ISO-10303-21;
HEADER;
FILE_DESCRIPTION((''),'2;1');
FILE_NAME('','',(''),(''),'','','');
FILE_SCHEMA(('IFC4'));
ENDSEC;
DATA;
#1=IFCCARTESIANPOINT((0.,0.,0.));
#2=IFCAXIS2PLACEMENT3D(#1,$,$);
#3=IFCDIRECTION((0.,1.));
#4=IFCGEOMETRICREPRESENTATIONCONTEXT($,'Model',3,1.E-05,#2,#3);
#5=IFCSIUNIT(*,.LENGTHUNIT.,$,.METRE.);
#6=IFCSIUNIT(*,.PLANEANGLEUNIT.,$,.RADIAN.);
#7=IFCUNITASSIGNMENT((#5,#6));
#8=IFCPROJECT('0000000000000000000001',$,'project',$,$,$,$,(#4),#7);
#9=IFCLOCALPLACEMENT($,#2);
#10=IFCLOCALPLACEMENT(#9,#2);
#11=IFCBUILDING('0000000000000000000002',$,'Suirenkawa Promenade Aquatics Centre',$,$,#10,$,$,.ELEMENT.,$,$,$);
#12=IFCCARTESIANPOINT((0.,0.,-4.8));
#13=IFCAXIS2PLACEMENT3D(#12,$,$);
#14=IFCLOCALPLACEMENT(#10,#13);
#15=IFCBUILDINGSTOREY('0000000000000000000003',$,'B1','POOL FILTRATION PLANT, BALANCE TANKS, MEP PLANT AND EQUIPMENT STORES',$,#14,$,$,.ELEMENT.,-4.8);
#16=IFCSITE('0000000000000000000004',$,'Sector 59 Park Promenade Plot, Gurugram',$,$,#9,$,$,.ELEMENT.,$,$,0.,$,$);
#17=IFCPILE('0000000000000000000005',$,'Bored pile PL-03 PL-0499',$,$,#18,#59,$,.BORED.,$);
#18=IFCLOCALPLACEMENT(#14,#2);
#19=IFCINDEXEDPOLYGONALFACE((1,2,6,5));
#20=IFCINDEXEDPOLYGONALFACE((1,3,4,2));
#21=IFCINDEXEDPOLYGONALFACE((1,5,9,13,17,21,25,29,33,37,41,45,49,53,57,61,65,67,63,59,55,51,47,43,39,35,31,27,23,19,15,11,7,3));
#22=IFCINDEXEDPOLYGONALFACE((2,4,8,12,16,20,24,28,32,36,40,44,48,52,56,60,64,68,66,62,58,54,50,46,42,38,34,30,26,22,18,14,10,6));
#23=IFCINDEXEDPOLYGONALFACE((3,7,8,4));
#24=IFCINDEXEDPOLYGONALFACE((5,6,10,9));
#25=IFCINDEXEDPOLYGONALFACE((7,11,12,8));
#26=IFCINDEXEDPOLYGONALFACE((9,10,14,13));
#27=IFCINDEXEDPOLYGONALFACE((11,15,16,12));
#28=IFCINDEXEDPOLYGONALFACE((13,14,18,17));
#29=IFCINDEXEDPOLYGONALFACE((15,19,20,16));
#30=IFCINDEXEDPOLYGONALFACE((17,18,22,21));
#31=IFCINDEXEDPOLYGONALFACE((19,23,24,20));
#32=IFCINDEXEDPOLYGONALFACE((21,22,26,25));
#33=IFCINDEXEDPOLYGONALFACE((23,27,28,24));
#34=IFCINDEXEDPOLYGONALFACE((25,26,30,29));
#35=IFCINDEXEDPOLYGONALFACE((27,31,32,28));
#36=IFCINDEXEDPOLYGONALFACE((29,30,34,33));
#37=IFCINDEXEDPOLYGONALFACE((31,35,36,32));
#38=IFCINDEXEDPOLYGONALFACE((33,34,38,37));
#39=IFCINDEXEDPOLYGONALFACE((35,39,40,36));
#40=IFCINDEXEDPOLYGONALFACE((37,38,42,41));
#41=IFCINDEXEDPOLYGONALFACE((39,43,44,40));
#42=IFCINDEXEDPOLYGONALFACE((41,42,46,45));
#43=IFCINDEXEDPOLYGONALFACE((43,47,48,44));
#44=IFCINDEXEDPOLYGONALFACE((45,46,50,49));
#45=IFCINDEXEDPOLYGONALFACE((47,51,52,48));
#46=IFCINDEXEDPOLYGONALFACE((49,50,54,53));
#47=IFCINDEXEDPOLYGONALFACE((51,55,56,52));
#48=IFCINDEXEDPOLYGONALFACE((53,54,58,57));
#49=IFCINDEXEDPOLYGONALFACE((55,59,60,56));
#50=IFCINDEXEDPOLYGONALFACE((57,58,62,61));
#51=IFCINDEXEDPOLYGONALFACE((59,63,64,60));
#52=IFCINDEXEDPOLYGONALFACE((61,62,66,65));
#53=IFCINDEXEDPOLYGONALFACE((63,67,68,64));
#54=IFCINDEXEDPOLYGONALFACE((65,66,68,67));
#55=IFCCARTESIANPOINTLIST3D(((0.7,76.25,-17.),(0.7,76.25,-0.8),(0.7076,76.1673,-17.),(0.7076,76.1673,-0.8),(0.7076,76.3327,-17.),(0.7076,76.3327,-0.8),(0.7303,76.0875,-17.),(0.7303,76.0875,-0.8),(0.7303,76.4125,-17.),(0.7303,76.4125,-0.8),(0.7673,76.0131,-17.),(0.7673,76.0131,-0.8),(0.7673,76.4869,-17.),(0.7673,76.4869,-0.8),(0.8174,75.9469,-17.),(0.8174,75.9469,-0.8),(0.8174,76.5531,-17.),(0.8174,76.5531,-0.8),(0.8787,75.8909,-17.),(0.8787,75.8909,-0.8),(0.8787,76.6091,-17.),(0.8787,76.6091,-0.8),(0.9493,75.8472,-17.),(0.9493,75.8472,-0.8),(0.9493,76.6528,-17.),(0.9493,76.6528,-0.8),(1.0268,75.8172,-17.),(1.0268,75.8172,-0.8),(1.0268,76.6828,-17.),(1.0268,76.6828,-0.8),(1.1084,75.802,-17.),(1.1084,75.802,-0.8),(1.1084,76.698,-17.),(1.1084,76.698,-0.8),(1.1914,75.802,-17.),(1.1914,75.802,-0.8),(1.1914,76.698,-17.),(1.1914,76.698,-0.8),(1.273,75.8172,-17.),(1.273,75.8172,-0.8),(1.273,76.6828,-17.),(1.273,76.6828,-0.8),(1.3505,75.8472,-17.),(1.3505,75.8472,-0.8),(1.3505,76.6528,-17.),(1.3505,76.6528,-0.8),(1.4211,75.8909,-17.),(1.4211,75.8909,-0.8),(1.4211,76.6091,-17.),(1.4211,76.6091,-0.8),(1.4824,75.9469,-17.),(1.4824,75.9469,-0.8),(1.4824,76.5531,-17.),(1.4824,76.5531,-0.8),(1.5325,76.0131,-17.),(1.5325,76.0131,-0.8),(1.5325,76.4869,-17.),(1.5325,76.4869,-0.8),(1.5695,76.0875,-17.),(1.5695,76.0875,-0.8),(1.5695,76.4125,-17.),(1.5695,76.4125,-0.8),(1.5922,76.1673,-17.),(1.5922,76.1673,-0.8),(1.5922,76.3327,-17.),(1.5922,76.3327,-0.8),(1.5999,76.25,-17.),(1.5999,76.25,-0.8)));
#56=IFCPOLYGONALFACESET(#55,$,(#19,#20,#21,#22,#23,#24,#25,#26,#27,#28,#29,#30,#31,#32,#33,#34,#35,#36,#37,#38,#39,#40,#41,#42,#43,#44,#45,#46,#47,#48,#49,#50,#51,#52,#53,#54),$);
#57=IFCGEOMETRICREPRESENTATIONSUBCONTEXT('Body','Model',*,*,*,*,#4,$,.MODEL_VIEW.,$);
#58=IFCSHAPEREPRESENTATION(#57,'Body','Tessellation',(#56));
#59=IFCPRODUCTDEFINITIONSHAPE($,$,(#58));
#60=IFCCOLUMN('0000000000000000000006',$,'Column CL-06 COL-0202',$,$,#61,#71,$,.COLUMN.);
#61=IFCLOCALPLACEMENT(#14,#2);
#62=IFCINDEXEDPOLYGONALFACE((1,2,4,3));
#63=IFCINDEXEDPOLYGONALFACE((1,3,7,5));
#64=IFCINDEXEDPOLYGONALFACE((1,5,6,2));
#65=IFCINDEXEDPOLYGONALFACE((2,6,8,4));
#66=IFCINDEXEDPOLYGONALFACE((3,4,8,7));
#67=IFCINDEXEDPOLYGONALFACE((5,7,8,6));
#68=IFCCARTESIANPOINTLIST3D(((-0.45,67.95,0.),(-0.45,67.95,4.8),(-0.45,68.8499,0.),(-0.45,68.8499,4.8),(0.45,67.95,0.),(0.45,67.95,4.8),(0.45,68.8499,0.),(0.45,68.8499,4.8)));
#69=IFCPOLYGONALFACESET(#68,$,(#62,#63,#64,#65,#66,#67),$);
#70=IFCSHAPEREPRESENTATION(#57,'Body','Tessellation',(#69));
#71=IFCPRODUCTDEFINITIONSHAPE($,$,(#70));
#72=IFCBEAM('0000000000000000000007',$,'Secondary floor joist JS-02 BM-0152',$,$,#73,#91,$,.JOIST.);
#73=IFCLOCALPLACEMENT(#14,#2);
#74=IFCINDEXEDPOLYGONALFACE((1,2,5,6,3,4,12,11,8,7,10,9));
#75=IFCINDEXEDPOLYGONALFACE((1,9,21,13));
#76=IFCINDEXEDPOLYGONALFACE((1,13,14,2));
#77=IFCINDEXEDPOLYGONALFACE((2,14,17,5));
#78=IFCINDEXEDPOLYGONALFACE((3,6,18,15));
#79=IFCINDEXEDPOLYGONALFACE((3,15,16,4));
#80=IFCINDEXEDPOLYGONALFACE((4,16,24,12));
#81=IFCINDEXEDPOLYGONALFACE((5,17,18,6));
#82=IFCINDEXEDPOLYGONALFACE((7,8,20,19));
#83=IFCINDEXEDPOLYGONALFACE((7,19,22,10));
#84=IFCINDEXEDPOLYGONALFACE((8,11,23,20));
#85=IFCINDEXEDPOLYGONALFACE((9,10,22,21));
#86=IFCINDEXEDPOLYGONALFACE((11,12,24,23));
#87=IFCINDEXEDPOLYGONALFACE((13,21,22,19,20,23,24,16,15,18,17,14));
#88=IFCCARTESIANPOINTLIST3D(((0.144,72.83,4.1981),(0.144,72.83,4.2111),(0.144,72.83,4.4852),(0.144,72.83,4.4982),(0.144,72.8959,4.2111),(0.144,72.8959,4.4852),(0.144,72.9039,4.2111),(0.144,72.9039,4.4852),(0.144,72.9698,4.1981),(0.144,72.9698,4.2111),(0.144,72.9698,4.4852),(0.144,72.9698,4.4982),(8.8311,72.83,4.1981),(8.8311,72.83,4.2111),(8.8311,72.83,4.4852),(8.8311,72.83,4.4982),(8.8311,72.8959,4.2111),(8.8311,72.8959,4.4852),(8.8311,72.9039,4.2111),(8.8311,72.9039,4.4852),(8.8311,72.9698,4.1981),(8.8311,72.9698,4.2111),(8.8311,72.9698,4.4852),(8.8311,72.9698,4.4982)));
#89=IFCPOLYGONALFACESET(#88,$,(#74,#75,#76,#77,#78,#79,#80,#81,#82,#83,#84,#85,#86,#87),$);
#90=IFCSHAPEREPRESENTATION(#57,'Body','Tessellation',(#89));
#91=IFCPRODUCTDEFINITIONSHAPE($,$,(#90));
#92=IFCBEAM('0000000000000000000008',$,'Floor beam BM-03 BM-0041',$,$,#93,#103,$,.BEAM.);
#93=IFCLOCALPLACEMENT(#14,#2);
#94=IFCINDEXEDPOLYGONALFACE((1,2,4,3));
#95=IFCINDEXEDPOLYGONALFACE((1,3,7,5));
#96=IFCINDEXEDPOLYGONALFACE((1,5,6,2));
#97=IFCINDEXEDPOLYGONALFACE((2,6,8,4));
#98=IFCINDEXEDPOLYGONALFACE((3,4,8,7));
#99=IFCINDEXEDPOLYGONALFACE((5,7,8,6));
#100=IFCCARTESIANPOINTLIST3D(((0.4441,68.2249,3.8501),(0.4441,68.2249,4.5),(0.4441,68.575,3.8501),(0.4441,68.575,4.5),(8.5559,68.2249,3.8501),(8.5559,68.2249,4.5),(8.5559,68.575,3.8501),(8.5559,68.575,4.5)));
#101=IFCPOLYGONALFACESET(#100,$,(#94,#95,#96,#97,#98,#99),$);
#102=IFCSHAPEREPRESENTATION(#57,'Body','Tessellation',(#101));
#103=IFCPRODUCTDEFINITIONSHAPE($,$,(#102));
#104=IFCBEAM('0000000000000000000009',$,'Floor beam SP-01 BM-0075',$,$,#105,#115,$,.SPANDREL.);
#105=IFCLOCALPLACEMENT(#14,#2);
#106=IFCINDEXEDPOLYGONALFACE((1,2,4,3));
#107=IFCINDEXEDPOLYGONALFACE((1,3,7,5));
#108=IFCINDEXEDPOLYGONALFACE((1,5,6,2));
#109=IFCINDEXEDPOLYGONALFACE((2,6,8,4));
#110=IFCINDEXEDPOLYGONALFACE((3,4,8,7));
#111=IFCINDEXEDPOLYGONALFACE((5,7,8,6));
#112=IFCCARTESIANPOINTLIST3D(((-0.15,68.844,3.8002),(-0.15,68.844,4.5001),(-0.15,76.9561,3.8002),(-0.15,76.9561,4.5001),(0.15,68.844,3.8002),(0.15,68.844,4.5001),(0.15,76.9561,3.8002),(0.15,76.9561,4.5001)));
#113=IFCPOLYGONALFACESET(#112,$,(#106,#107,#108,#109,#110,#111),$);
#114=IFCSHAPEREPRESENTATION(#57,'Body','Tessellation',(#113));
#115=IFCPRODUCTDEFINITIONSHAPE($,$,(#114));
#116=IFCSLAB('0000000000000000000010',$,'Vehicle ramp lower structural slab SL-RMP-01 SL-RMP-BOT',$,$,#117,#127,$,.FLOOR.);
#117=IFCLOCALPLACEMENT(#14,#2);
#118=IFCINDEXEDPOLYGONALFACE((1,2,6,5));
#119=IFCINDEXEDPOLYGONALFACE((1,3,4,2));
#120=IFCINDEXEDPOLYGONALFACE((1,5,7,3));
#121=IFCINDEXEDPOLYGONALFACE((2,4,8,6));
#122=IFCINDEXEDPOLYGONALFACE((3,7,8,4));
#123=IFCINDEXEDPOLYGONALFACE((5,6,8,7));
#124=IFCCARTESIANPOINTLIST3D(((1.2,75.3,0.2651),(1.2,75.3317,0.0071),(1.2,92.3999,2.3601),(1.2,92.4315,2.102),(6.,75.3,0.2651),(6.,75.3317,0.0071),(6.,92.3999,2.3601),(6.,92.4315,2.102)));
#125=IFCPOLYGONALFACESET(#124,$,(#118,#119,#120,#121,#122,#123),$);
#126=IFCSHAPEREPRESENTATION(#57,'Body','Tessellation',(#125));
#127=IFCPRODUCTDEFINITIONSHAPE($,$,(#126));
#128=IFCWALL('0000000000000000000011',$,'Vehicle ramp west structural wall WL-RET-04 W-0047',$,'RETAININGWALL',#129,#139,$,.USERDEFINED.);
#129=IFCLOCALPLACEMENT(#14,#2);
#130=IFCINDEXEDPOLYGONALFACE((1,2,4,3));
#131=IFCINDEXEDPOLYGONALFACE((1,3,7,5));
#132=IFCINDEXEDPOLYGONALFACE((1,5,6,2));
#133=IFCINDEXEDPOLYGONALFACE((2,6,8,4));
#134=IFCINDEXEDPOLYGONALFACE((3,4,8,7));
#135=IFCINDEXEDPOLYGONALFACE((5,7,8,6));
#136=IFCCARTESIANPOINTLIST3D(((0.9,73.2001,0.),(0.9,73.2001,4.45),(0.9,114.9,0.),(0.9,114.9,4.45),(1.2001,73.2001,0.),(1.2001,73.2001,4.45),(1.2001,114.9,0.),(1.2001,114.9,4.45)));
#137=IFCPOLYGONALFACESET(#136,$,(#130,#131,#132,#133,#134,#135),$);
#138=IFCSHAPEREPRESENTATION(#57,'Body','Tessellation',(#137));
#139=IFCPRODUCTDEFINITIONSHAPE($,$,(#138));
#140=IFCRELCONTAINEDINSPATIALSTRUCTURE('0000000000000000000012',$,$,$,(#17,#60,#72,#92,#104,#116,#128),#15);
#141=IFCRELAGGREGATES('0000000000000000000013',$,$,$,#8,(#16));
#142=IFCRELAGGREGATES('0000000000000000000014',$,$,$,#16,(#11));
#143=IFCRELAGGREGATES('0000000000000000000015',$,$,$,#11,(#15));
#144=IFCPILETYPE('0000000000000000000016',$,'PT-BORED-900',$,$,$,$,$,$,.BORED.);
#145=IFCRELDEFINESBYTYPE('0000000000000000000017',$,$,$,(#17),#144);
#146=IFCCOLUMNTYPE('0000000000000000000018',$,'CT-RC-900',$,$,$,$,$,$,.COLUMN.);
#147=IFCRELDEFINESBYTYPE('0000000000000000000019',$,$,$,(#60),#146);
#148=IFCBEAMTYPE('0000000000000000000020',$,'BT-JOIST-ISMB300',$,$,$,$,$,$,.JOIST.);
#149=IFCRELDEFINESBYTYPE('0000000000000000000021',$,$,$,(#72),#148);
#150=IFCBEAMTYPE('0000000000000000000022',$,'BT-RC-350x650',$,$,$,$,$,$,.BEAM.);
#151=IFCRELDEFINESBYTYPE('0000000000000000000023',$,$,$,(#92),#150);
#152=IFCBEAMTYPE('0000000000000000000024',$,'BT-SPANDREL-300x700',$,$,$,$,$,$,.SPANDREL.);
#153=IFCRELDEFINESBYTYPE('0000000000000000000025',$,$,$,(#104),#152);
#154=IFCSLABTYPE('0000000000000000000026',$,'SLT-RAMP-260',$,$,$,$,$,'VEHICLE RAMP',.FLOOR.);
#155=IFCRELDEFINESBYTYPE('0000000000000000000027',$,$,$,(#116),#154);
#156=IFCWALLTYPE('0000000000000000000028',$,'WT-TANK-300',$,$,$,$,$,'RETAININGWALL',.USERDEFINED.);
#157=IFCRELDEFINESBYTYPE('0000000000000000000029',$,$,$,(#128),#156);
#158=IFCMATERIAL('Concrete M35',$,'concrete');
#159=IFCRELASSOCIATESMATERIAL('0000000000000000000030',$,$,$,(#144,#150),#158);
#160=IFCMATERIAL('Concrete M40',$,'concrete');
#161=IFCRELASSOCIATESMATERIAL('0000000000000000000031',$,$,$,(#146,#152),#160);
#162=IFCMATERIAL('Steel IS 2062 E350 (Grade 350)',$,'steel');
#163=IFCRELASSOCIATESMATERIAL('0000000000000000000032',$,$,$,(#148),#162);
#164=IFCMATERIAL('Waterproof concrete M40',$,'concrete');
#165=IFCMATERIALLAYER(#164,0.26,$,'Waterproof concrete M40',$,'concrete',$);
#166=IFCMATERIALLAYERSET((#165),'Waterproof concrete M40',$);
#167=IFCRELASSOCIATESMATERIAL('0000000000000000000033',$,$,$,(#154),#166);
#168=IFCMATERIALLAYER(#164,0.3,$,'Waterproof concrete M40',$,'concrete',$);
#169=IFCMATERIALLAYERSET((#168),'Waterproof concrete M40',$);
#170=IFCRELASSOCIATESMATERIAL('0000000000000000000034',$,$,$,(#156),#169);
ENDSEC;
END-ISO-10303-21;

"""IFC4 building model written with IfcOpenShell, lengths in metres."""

from ifc_helpers import new_model, si_unit, direction, frame, frame_2d, origin, origin_2d, place, context, subcontext, project, spatial, polyline, rectangle, circle, i_section, outline, extrude, material, layer, layer_set, material_profile, profile_set, type_object, element, save


model = new_model("IFC4")

# Units and contexts
model_context = context("Model", 3, precision=1e-05, world=origin(), true_north=direction((0.0, 1.0)))
body_context = subcontext(model_context, "Body", "Model", "MODEL_VIEW")
ifc_project = project(units=[si_unit("LENGTHUNIT", "METRE"), si_unit("PLANEANGLEUNIT", "RADIAN")], contexts=[model_context])

# Site, building, storey
site_placement = place(None, origin())
site = spatial("IfcSite", under=ifc_project, at=site_placement, Name="Sector 59 Park Promenade Plot, Gurugram", CompositionType="ELEMENT", RefElevation=0.0)
building_placement = place(site_placement, origin())
building = spatial("IfcBuilding", under=site, at=building_placement, Name="Suirenkawa Promenade Aquatics Centre", CompositionType="ELEMENT")
storey_placement = place(building_placement, frame((0.0, 0.0, -4.8)))
storey = spatial("IfcBuildingStorey", under=building, at=storey_placement, Name="B1", Description="POOL FILTRATION PLANT, BALANCE TANKS, MEP PLANT AND EQUIPMENT STORES", CompositionType="ELEMENT", Elevation=-4.8)

# Shared definitions
ifc_material_1 = material(Name="Concrete M35", Category="concrete")

# Pile
ifc_material_profile_1 = material_profile(ifc_material_1, circle(Radius=0.45, at=origin_2d()), Name="PILE D900", Category="concrete")
ifc_profile_set_1 = profile_set([ifc_material_profile_1], Name="Concrete M35")
pile_type_1 = type_object("IfcPileType", Name="PT-BORED-900", PredefinedType="BORED", material=ifc_profile_set_1)
for number, where, z_axis, x_axis, name in (
    (1, (1.1499, 76.25, -0.8), (0.0, 0.0, -1.0), (1.0, 0.0, 0.0), "Bored pile PL-03 PL-0499"),
):
    element("IfcPile", number, at=place(storey_placement, frame(where, z_axis=z_axis, x_axis=x_axis)), inside=storey, type_object=pile_type_1, Name=name, PredefinedType="BORED", context=body_context, shape_type="SweptSolid", body=[
        extrude(circle(Radius=0.45, at=origin_2d()), origin(), (0.0, 0.0, 1.0), 16.2),
    ])

# Column
ifc_material_2 = material(Name="Concrete M40", Category="concrete")
ifc_material_profile_2 = material_profile(ifc_material_2, rectangle(XDim=0.8999, YDim=0.8999, at=origin_2d()), Name="RC COL 900x900", Category="concrete")
ifc_profile_set_2 = profile_set([ifc_material_profile_2], Name="Concrete M40")
column_type = type_object("IfcColumnType", Name="CT-RC-900", PredefinedType="COLUMN", material=ifc_profile_set_2)
column_placement = place(storey_placement, frame((0.0, 68.3999, 0.0), z_axis=(0.0, 0.0, 1.0), x_axis=(1.0, 0.0, 0.0)))
element("IfcColumn", 2, at=column_placement, inside=storey, type_object=column_type, Name="Column CL-06 COL-0202", PredefinedType="COLUMN", context=body_context, shape_type="SweptSolid", body=[
    extrude(rectangle(XDim=0.8999, YDim=0.8999, at=origin_2d()), origin(), (0.0, 0.0, 1.0), 4.8),
])

# Beams
ifc_material_3 = material(Name="Steel IS 2062 E350 (Grade 350)", Category="steel")
ifc_material_profile_3 = material_profile(ifc_material_3, i_section(OverallWidth=0.1399, OverallDepth=0.3, WebThickness=0.0081, FlangeThickness=0.0129, at=origin_2d()), Name="ISMB 300", Category="steel")
ifc_profile_set_3 = profile_set([ifc_material_profile_3], Name="Steel IS 2062 E350 (Grade 350)")
beam_type_1 = type_object("IfcBeamType", Name="BT-JOIST-ISMB300", PredefinedType="JOIST", material=ifc_profile_set_3)
beam_1_placement = place(storey_placement, frame((0.144, 72.8999, 4.3481), z_axis=(1.0, 0.0, 0.0), x_axis=(0.0, 1.0, 0.0)))
element("IfcBeam", 3, at=beam_1_placement, inside=storey, type_object=beam_type_1, Name="Secondary floor joist JS-02 BM-0152", PredefinedType="JOIST", context=body_context, shape_type="SweptSolid", body=[
    extrude(i_section(OverallWidth=0.1399, OverallDepth=0.3, WebThickness=0.0081, FlangeThickness=0.0129, at=origin_2d()), origin(), (0.0, 0.0, 1.0), 8.687),
])
ifc_material_profile_4 = material_profile(ifc_material_1, rectangle(XDim=0.3501, YDim=0.6499, at=origin_2d()), Name="RC BM 350x650", Category="concrete")
ifc_profile_set_4 = profile_set([ifc_material_profile_4], Name="Concrete M35")
beam_type_2 = type_object("IfcBeamType", Name="BT-RC-350x650", PredefinedType="BEAM", material=ifc_profile_set_4)
beam_2_placement = place(storey_placement, frame((0.4441, 68.3999, 4.175), z_axis=(1.0, 0.0, 0.0), x_axis=(0.0, 1.0, 0.0)))
element("IfcBeam", 4, at=beam_2_placement, inside=storey, type_object=beam_type_2, Name="Floor beam BM-03 BM-0041", PredefinedType="BEAM", context=body_context, shape_type="SweptSolid", body=[
    extrude(rectangle(XDim=0.3501, YDim=0.6499, at=origin_2d()), origin(), (0.0, 0.0, 1.0), 8.1118),
])
ifc_material_profile_5 = material_profile(ifc_material_2, rectangle(XDim=0.3, YDim=0.7, at=origin_2d()), Name="RC SPANDREL 300x700", Category="concrete")
ifc_profile_set_5 = profile_set([ifc_material_profile_5], Name="Concrete M40")
beam_type_3 = type_object("IfcBeamType", Name="BT-SPANDREL-300x700", PredefinedType="SPANDREL", material=ifc_profile_set_5)
beam_3_placement = place(storey_placement, frame((0.0, 68.844, 4.1501), z_axis=(0.0, 1.0, 0.0), x_axis=(-1.0, 0.0, 0.0)))
element("IfcBeam", 5, at=beam_3_placement, inside=storey, type_object=beam_type_3, Name="Floor beam SP-01 BM-0075", PredefinedType="SPANDREL", context=body_context, shape_type="SweptSolid", body=[
    extrude(rectangle(XDim=0.3, YDim=0.7, at=origin_2d()), origin(), (0.0, 0.0, 1.0), 8.1121),
])

# Slab
ifc_material_4 = material(Name="Waterproof concrete M40", Category="concrete")
ifc_layer_1 = layer(ifc_material_4, 0.26, Name="Waterproof concrete M40", Category="concrete")
ifc_layer_set_1 = layer_set([ifc_layer_1], Name="Waterproof concrete M40")
slab_type = type_object("IfcSlabType", Name="SLT-RAMP-260", ElementType="VEHICLE RAMP", PredefinedType="FLOOR", material=ifc_layer_set_1)
slab_placement = place(storey_placement, frame((1.2, 75.3, 0.2651), z_axis=(0.0, -0.121605, 0.992579), x_axis=(1.0, 0.0, 0.0)))
element("IfcSlab", 6, at=slab_placement, inside=storey, type_object=slab_type, Name="Vehicle ramp lower structural slab SL-RMP-01 SL-RMP-BOT", PredefinedType="FLOOR", context=body_context, shape_type="SweptSolid", body=[
    extrude(outline(polyline([(0.0, 0.0), (4.8, 0.0), (4.8, 17.2277), (0.0, 17.2277), (0.0, 0.0)])), origin(), (0.0, 0.0, -1.0), 0.26),
])

# Wall
ifc_layer_2 = layer(ifc_material_4, 0.3, Name="Waterproof concrete M40", Category="concrete")
ifc_layer_set_2 = layer_set([ifc_layer_2], Name="Waterproof concrete M40")
wall_type = type_object("IfcWallType", Name="WT-TANK-300", ElementType="RETAININGWALL", PredefinedType="USERDEFINED", material=ifc_layer_set_2)
wall_placement = place(storey_placement, frame((1.05, 73.2, 0.0), z_axis=(0.0, 0.0, 1.0), x_axis=(0.0, 1.0, 0.0)))
element("IfcWall", 7, at=wall_placement, inside=storey, type_object=wall_type, Name="Vehicle ramp west structural wall WL-RET-04 W-0047", ObjectType="RETAININGWALL", PredefinedType="USERDEFINED", context=body_context, shape_type="SweptSolid", body=[
    extrude(rectangle(XDim=41.7, YDim=0.3, at=frame_2d((20.8501, 0.0))), origin(), (0.0, 0.0, 1.0), 4.45),
])

save(model, "model.ifc")
